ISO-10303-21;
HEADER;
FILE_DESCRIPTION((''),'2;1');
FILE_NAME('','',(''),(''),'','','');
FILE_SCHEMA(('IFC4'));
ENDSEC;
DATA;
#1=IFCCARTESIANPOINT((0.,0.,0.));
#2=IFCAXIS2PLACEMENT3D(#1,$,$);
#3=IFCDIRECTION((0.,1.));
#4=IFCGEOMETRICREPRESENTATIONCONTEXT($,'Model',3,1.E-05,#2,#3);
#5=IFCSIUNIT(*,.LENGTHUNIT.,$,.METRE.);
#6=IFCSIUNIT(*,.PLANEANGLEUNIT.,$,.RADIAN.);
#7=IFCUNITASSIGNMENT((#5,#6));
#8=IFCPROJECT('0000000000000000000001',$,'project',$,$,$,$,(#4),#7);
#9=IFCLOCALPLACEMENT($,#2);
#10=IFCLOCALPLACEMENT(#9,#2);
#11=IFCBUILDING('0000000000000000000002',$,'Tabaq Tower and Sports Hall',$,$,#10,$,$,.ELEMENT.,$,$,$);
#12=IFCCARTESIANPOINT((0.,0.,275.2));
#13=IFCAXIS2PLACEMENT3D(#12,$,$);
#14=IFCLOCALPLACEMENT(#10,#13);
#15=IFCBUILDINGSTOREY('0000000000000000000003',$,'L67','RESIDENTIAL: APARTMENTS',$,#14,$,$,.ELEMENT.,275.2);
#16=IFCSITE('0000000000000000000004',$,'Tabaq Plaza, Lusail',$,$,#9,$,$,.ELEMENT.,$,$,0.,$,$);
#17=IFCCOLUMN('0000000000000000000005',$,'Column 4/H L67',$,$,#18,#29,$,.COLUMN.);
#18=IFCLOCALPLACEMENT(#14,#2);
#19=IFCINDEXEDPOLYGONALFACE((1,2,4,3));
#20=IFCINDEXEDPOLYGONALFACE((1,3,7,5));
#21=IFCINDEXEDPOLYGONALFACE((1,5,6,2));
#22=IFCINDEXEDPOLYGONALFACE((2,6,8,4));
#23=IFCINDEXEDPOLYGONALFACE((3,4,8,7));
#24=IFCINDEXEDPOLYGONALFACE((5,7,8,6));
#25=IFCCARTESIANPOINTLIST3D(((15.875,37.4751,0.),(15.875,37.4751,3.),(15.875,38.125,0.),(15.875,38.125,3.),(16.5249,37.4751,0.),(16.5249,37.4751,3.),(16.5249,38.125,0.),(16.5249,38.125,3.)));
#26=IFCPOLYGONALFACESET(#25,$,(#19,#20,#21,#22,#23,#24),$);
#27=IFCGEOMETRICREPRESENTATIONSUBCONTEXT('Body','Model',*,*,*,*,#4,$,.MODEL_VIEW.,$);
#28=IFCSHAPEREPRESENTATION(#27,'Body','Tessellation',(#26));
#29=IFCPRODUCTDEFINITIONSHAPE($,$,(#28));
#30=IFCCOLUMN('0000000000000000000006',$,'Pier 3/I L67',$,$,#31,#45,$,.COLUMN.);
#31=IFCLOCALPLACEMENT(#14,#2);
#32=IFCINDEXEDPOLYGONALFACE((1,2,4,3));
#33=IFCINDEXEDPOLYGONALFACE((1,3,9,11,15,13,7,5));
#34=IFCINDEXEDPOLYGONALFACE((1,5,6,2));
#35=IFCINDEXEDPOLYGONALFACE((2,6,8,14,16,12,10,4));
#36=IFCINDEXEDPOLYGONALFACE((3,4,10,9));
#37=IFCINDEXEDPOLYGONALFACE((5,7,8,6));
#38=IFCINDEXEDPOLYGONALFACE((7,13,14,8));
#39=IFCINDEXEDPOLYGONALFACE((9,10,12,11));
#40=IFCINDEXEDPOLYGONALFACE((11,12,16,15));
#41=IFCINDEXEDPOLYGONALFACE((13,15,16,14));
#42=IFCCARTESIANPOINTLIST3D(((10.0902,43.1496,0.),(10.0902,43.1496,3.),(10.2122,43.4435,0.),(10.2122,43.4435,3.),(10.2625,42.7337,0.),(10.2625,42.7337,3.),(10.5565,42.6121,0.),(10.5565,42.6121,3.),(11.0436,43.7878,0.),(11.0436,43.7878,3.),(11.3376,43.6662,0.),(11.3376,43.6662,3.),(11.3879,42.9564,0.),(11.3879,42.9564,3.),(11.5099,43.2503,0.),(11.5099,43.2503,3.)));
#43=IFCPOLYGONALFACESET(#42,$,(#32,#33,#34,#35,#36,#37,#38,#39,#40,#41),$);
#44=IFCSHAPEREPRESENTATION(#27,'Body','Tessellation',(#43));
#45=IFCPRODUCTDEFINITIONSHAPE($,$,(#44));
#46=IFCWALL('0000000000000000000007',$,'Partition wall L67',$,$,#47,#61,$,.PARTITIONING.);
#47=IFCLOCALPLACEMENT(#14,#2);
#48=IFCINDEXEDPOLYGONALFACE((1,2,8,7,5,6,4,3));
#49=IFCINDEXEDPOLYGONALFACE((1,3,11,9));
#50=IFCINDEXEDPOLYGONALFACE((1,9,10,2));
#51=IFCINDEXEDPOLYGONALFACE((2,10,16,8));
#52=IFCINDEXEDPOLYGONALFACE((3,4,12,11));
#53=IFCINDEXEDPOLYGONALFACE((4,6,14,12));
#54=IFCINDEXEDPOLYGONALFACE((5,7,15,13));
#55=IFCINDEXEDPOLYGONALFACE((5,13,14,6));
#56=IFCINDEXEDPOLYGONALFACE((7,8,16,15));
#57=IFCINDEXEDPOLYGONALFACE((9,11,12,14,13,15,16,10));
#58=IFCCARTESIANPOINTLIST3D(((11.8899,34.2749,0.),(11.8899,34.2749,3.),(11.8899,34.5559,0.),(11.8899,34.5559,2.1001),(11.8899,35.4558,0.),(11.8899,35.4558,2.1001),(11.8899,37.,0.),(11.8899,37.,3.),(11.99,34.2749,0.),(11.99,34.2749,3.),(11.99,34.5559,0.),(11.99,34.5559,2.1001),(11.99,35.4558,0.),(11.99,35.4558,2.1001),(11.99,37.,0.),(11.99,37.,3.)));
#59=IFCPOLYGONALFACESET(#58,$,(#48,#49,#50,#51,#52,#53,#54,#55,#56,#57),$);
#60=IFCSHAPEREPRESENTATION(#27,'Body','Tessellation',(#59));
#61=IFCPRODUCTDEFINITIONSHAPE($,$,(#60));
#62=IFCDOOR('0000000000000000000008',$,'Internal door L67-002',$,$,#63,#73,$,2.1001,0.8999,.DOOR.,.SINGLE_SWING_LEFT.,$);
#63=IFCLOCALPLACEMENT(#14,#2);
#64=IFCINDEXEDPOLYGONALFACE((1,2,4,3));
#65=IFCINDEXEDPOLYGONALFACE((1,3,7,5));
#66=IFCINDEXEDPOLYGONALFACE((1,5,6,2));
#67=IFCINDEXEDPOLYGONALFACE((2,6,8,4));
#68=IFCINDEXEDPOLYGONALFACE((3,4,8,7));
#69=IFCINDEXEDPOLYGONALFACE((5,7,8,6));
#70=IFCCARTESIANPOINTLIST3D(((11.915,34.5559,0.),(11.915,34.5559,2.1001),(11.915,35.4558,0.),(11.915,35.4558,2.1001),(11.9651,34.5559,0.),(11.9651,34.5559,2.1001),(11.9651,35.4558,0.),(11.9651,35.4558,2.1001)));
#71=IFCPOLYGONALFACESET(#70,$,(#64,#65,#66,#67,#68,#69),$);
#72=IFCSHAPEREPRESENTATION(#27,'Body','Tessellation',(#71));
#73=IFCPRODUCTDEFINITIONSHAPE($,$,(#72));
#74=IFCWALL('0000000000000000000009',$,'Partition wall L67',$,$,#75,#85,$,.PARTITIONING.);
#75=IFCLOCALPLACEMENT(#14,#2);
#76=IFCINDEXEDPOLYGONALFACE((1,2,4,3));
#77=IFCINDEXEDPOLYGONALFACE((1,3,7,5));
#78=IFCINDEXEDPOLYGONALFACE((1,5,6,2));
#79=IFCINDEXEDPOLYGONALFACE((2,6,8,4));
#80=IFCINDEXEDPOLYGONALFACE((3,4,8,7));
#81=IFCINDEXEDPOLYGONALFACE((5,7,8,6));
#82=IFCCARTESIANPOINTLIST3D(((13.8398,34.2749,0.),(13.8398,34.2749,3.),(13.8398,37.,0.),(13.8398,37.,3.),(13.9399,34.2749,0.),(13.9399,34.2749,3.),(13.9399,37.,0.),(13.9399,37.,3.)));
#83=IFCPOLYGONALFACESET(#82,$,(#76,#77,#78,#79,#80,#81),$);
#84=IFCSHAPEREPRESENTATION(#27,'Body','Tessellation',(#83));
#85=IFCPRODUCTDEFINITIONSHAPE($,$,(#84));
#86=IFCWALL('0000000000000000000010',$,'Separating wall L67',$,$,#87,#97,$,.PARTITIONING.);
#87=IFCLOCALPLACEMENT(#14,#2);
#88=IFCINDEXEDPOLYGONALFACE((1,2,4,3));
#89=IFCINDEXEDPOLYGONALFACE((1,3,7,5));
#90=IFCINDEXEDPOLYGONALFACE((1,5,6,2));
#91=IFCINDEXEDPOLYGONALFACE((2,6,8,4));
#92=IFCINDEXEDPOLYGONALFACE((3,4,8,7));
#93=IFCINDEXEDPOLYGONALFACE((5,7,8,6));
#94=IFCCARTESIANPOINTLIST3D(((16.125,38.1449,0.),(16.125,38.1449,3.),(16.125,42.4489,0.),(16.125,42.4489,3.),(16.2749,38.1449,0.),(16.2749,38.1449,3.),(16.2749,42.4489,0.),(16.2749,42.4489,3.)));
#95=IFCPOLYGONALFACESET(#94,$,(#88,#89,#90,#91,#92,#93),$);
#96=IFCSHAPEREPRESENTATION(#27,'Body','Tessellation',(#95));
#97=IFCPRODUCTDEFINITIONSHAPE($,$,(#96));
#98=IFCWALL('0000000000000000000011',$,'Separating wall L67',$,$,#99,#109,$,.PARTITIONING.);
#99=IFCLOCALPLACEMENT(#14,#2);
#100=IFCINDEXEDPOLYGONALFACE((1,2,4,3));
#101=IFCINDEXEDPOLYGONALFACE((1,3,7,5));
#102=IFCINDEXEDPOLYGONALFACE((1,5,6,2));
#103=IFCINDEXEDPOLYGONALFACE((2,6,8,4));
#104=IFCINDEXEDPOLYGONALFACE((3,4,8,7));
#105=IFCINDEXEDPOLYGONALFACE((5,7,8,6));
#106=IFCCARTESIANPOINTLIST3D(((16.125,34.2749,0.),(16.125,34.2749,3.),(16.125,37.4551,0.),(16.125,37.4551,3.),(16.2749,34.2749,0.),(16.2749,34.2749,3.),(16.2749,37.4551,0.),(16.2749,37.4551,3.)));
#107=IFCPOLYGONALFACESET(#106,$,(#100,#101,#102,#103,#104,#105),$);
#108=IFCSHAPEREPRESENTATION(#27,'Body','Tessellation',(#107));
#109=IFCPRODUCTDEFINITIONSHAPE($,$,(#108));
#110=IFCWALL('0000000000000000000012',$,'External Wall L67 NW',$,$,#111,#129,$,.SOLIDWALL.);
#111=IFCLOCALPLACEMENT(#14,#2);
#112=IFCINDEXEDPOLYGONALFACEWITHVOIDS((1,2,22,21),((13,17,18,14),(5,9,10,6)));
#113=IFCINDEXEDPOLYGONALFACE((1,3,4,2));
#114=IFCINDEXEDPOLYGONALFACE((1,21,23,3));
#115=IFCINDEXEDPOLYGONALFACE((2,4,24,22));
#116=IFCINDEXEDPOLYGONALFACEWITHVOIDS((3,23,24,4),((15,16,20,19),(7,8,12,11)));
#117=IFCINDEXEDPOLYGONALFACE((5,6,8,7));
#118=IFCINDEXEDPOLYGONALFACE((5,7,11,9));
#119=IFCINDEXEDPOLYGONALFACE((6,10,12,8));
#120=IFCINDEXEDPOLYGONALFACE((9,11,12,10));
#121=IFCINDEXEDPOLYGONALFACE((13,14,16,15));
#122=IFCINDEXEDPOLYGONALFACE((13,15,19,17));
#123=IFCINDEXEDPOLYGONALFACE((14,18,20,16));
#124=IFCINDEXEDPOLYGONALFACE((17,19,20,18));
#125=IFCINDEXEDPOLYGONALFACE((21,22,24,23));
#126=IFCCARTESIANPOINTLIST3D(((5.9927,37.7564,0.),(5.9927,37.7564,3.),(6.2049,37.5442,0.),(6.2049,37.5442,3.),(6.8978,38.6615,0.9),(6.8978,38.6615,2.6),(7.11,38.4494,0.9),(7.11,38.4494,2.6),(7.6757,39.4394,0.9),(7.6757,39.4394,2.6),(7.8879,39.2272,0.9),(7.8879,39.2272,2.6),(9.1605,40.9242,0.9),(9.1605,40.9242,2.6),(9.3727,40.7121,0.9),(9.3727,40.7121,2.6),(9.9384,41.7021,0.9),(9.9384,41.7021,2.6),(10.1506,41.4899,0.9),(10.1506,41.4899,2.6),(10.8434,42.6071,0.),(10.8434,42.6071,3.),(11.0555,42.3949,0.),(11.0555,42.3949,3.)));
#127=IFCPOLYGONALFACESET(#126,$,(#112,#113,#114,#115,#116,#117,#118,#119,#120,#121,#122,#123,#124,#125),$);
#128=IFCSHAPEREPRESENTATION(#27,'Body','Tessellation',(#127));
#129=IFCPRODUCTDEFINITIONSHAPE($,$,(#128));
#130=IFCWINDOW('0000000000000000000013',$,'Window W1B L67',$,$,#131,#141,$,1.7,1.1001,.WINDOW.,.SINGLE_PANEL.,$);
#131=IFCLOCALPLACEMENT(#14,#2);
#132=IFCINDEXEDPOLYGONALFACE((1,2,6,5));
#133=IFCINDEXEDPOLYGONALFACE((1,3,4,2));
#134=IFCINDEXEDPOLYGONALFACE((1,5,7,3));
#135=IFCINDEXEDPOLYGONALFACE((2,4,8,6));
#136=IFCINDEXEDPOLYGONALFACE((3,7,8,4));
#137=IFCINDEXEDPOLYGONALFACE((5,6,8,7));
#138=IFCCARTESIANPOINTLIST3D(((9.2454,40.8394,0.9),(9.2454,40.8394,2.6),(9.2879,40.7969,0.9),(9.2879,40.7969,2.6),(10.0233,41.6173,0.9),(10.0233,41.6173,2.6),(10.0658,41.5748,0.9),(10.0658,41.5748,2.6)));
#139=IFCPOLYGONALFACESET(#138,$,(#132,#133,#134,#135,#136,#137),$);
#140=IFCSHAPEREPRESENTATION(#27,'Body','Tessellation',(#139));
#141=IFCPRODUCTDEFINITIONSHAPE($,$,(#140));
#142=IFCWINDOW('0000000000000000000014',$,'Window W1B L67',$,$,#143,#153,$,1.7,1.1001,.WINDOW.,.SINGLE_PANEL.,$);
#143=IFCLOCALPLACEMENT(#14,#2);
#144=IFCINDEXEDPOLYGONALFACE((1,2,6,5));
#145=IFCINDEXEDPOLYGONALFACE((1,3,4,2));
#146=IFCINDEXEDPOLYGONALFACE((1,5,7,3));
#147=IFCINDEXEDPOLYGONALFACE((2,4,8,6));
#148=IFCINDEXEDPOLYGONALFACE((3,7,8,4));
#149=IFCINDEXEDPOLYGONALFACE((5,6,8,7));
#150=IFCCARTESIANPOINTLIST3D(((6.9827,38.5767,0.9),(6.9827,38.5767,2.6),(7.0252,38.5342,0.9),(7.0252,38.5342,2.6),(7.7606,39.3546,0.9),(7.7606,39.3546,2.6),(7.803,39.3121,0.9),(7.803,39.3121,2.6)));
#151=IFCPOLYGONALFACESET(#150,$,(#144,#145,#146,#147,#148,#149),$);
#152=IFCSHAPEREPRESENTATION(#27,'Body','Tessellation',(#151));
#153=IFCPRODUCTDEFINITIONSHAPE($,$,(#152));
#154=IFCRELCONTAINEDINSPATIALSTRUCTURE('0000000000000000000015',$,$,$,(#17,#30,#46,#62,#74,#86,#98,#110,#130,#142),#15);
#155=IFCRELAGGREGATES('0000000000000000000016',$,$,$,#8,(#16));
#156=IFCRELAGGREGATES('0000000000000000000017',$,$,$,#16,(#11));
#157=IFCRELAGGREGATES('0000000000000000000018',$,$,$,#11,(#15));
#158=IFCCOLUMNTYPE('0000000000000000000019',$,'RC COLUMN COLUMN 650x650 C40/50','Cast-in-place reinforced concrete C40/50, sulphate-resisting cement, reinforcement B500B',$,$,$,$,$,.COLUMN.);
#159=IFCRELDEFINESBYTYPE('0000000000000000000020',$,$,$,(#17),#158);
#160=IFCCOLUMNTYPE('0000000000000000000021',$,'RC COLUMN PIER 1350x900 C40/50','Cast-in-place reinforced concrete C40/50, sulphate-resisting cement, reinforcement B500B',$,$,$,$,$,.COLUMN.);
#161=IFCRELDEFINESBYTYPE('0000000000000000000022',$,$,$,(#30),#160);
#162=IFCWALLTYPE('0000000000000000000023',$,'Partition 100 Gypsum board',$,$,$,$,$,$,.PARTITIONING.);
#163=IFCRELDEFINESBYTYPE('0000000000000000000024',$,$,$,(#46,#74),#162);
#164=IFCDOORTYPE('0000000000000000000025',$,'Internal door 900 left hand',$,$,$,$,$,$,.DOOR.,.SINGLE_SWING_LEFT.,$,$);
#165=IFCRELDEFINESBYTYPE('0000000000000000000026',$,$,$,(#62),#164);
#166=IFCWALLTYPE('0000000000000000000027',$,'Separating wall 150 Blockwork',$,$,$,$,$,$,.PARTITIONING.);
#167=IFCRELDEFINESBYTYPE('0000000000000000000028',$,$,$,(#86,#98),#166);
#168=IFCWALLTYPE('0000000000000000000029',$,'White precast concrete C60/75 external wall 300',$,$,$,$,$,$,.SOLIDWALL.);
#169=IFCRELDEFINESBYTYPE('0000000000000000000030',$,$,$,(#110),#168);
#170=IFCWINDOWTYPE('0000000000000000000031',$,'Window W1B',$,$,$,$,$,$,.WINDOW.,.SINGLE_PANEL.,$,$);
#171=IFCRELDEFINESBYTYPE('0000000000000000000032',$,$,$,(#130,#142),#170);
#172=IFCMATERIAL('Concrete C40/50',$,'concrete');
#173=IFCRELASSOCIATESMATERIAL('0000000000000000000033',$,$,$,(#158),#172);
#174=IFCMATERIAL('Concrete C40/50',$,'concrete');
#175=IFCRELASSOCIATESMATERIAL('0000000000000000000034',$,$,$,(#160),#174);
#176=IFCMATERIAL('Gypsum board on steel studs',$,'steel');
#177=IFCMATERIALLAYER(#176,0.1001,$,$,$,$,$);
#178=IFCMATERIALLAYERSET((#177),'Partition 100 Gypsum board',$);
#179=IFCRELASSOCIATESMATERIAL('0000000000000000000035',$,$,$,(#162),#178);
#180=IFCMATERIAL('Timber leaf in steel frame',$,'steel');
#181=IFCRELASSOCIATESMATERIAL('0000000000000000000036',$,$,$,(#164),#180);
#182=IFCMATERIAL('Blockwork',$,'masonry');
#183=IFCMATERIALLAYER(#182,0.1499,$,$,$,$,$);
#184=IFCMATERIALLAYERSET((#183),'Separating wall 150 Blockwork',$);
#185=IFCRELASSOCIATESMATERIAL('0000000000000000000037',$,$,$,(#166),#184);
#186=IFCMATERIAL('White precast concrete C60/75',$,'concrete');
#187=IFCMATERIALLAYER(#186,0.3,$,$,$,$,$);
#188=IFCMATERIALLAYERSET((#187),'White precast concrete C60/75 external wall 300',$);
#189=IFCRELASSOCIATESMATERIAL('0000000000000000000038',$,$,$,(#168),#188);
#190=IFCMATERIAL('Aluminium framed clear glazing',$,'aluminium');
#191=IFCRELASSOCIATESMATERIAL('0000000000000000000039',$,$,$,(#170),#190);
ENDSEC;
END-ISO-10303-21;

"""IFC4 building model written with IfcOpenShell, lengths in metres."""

from ifc_helpers import new_model, si_unit, direction, frame, frame_2d, origin, origin_2d, place, context, subcontext, project, spatial, polyline, rectangle, outline, extrude, material, layer, layer_set, material_profile, profile_set, type_object, element, fill, save


model = new_model("IFC4")

# Units and contexts
model_context = context("Model", 3, precision=1e-05, world=origin(), true_north=direction((0.0, 1.0)))
body_context = subcontext(model_context, "Body", "Model", "MODEL_VIEW")
ifc_project = project(units=[si_unit("LENGTHUNIT", "METRE"), si_unit("PLANEANGLEUNIT", "RADIAN")], contexts=[model_context])

# Site, building, storey
site_placement = place(None, origin())
site = spatial("IfcSite", under=ifc_project, at=site_placement, Name="Tabaq Plaza, Lusail", CompositionType="ELEMENT", RefElevation=0.0)
building_placement = place(site_placement, origin())
building = spatial("IfcBuilding", under=site, at=building_placement, Name="Tabaq Tower and Sports Hall", CompositionType="ELEMENT")
storey_placement = place(building_placement, frame((0.0, 0.0, 275.2)))
storey = spatial("IfcBuildingStorey", under=building, at=storey_placement, Name="L67", Description="RESIDENTIAL: APARTMENTS", CompositionType="ELEMENT", Elevation=275.2)

# Columns
ifc_material_1 = material(Name="Concrete C40/50", Category="concrete")
ifc_material_profile_1 = material_profile(ifc_material_1, rectangle(XDim=0.6499, YDim=0.6499, at=origin_2d()), Name="COLUMN 650x650")
ifc_profile_set_1 = profile_set([ifc_material_profile_1], Name="Concrete C40/50")
column_type_1 = type_object("IfcColumnType", Name="RC COLUMN COLUMN 650x650 C40/50", Description="Cast-in-place reinforced concrete C40/50, sulphate-resisting cement, reinforcement B500B", PredefinedType="COLUMN", material=ifc_profile_set_1)
column_1_placement = place(storey_placement, frame((16.2, 37.8, 0.0), z_axis=(0.0, 0.0, 1.0), x_axis=(1.0, 0.0, 0.0)))
element("IfcColumn", 1, at=column_1_placement, inside=storey, type_object=column_type_1, Name="Column 4/H L67", PredefinedType="COLUMN", context=body_context, shape_type="SweptSolid", body=[
    extrude(rectangle(XDim=0.6499, YDim=0.6499, at=origin_2d()), origin(), (0.0, 0.0, 1.0), 3.0),
])
ifc_material_2 = material(Name="Concrete C40/50", Category="concrete")
ifc_material_profile_2 = material_profile(ifc_material_2, outline(polyline([(-0.45, -0.45), (0.45, -0.45), (0.675, -0.2251), (0.675, 0.2251), (0.45, 0.45), (-0.45, 0.45), (-0.675, 0.2251), (-0.675, -0.2251), (-0.45, -0.45)])), Name="PIER 1350x900")
ifc_profile_set_2 = profile_set([ifc_material_profile_2], Name="Concrete C40/50")
column_type_2 = type_object("IfcColumnType", Name="RC COLUMN PIER 1350x900 C40/50", Description="Cast-in-place reinforced concrete C40/50, sulphate-resisting cement, reinforcement B500B", PredefinedType="COLUMN", material=ifc_profile_set_2)
column_2_placement = place(storey_placement, frame((10.8, 43.2, 0.0), z_axis=(0.0, 0.0, 1.0), x_axis=(0.92388, 0.382683, 0.0)))
element("IfcColumn", 2, at=column_2_placement, inside=storey, type_object=column_type_2, Name="Pier 3/I L67", PredefinedType="COLUMN", context=body_context, shape_type="SweptSolid", body=[
    extrude(outline(polyline([(-0.45, -0.45), (0.45, -0.45), (0.675, -0.2251), (0.675, 0.2251), (0.45, 0.45), (-0.45, 0.45), (-0.675, 0.2251), (-0.675, -0.2251), (-0.45, -0.45)])), origin(), (0.0, 0.0, 1.0), 3.0),
])

# Wall, opening, door
ifc_material_3 = material(Name="Gypsum board on steel studs", Category="steel")
ifc_layer_1 = layer(ifc_material_3, 0.1001)
ifc_layer_set_1 = layer_set([ifc_layer_1], Name="Partition 100 Gypsum board")
wall_type_1 = type_object("IfcWallType", Name="Partition 100 Gypsum board", PredefinedType="PARTITIONING", material=ifc_layer_set_1)
wall_1_placement = place(storey_placement, frame((11.9399, 34.2749, 0.0), z_axis=(0.0, 0.0, 1.0), x_axis=(0.0, 1.0, 0.0)))
wall_1 = element("IfcWall", 3, at=wall_1_placement, inside=storey, type_object=wall_type_1, Name="Partition wall L67", PredefinedType="PARTITIONING", context=body_context, shape_type="SweptSolid", body=[
    extrude(rectangle(XDim=2.7251, YDim=0.1001, at=frame_2d((1.3625, 0.0))), origin(), (0.0, 0.0, 1.0), 3.0),
])
opening_1_placement = place(wall_1_placement, frame((0.281, 0.0, 0.0)))
opening_1 = element("IfcOpeningElement", 4, at=opening_1_placement, cuts=wall_1, PredefinedType="OPENING", context=body_context, shape_type="SweptSolid", body=[
    extrude(rectangle(XDim=0.8999, YDim=2.1001, at=frame_2d((0.45, 1.05))), frame((0.0, 0.05, 0.0), z_axis=(0.0, -1.0, 0.0), x_axis=(1.0, 0.0, 0.0)), (0.0, 0.0, 1.0), 0.1001),
])
ifc_material_4 = material(Name="Timber leaf in steel frame", Category="steel")
door_type = type_object("IfcDoorType", Name="Internal door 900 left hand", OperationType="SINGLE_SWING_LEFT", PredefinedType="DOOR", material=ifc_material_4)
door_placement = place(opening_1_placement, origin())
door = element("IfcDoor", 5, at=door_placement, inside=storey, type_object=door_type, Name="Internal door L67-002", OperationType="SINGLE_SWING_LEFT", OverallHeight=2.1001, OverallWidth=0.8999, PredefinedType="DOOR", context=body_context, shape_type="SweptSolid", body=[
    extrude(rectangle(XDim=0.8999, YDim=2.1001, at=frame_2d((0.45, 1.05))), frame((0.0, 0.0249, 0.0), z_axis=(0.0, -1.0, 0.0), x_axis=(1.0, 0.0, 0.0)), (0.0, 0.0, 1.0), 0.05),
])
fill(opening_1, door)

# Walls
wall_2_placement = place(storey_placement, frame((13.8899, 34.2749, 0.0), z_axis=(0.0, 0.0, 1.0), x_axis=(0.0, 1.0, 0.0)))
element("IfcWall", 6, at=wall_2_placement, inside=storey, type_object=wall_type_1, Name="Partition wall L67", PredefinedType="PARTITIONING", context=body_context, shape_type="SweptSolid", body=[
    extrude(rectangle(XDim=2.7251, YDim=0.1001, at=frame_2d((1.3625, 0.0))), origin(), (0.0, 0.0, 1.0), 3.0),
])
ifc_material_5 = material(Name="Blockwork", Category="masonry")
ifc_layer_2 = layer(ifc_material_5, 0.1499)
ifc_layer_set_2 = layer_set([ifc_layer_2], Name="Separating wall 150 Blockwork")
wall_type_2 = type_object("IfcWallType", Name="Separating wall 150 Blockwork", PredefinedType="PARTITIONING", material=ifc_layer_set_2)
wall_3_placement = place(storey_placement, frame((16.2, 38.145, 0.0), z_axis=(0.0, 0.0, 1.0), x_axis=(0.0, 1.0, 0.0)))
element("IfcWall", 7, at=wall_3_placement, inside=storey, type_object=wall_type_2, Name="Separating wall L67", PredefinedType="PARTITIONING", context=body_context, shape_type="SweptSolid", body=[
    extrude(rectangle(XDim=4.304, YDim=0.1499, at=frame_2d((2.1519, 0.0))), origin(), (0.0, 0.0, 1.0), 3.0),
])
wall_4_placement = place(storey_placement, frame((16.2, 34.2749, 0.0), z_axis=(0.0, 0.0, 1.0), x_axis=(0.0, 1.0, 0.0)))
element("IfcWall", 8, at=wall_4_placement, inside=storey, type_object=wall_type_2, Name="Separating wall L67", PredefinedType="PARTITIONING", context=body_context, shape_type="SweptSolid", body=[
    extrude(rectangle(XDim=3.1802, YDim=0.1499, at=frame_2d((1.5901, 0.0))), origin(), (0.0, 0.0, 1.0), 3.0),
])

# Wall, openings, windows
ifc_material_6 = material(Name="White precast concrete C60/75", Category="concrete")
ifc_layer_3 = layer(ifc_material_6, 0.3)
ifc_layer_set_3 = layer_set([ifc_layer_3], Name="White precast concrete C60/75 external wall 300")
wall_type_3 = type_object("IfcWallType", Name="White precast concrete C60/75 external wall 300", PredefinedType="SOLIDWALL", material=ifc_layer_set_3)
wall_5_placement = place(storey_placement, frame((10.9495, 42.501, 0.0), z_axis=(0.0, 0.0, 1.0), x_axis=(-0.707107, -0.707107, 0.0)))
wall_5 = element("IfcWall", 9, at=wall_5_placement, inside=storey, type_object=wall_type_3, Name="External Wall L67 NW", PredefinedType="SOLIDWALL", context=body_context, shape_type="SweptSolid", body=[
    extrude(rectangle(XDim=6.8599, YDim=0.3, at=frame_2d((3.4299, 0.0))), origin(), (0.0, 0.0, 1.0), 3.0),
])
opening_2_placement = place(wall_5_placement, frame((1.2798, 0.0, 0.8999)))
opening_2 = element("IfcOpeningElement", 10, at=opening_2_placement, cuts=wall_5, PredefinedType="OPENING", context=body_context, shape_type="SweptSolid", body=[
    extrude(rectangle(XDim=1.1001, YDim=1.7, at=frame_2d((0.55, 0.8501))), frame((0.0, 0.1602, 0.0), z_axis=(0.0, -1.0, 0.0), x_axis=(1.0, 0.0, 0.0)), (0.0, 0.0, 1.0), 0.3201),
])
opening_3_placement = place(wall_5_placement, frame((4.4797, 0.0, 0.8999)))
opening_3 = element("IfcOpeningElement", 11, at=opening_3_placement, cuts=wall_5, PredefinedType="OPENING", context=body_context, shape_type="SweptSolid", body=[
    extrude(rectangle(XDim=1.1001, YDim=1.7, at=frame_2d((0.55, 0.8501))), frame((0.0, 0.1602, 0.0), z_axis=(0.0, -1.0, 0.0), x_axis=(1.0, 0.0, 0.0)), (0.0, 0.0, 1.0), 0.3201),
])
ifc_material_7 = material(Name="Aluminium framed clear glazing", Category="aluminium")
window_type = type_object("IfcWindowType", Name="Window W1B", PartitioningType="SINGLE_PANEL", PredefinedType="WINDOW", material=ifc_material_7)
window_1_placement = place(opening_2_placement, origin())
window_1 = element("IfcWindow", 12, at=window_1_placement, inside=storey, type_object=window_type, Name="Window W1B L67", OverallHeight=1.7, OverallWidth=1.1001, PartitioningType="SINGLE_PANEL", PredefinedType="WINDOW", context=body_context, shape_type="SweptSolid", body=[
    extrude(rectangle(XDim=1.1001, YDim=1.7, at=frame_2d((0.55, 0.8501))), frame((0.0, 0.03, 0.0), z_axis=(0.0, -1.0, 0.0), x_axis=(1.0, 0.0, 0.0)), (0.0, 0.0, 1.0), 0.0601),
])
fill(opening_2, window_1)
window_2_placement = place(opening_3_placement, origin())
window_2 = element("IfcWindow", 13, at=window_2_placement, inside=storey, type_object=window_type, Name="Window W1B L67", OverallHeight=1.7, OverallWidth=1.1001, PartitioningType="SINGLE_PANEL", PredefinedType="WINDOW", context=body_context, shape_type="SweptSolid", body=[
    extrude(rectangle(XDim=1.1001, YDim=1.7, at=frame_2d((0.55, 0.8501))), frame((0.0, 0.03, 0.0), z_axis=(0.0, -1.0, 0.0), x_axis=(1.0, 0.0, 0.0)), (0.0, 0.0, 1.0), 0.0601),
])
fill(opening_3, window_2)

save(model, "model.ifc")
